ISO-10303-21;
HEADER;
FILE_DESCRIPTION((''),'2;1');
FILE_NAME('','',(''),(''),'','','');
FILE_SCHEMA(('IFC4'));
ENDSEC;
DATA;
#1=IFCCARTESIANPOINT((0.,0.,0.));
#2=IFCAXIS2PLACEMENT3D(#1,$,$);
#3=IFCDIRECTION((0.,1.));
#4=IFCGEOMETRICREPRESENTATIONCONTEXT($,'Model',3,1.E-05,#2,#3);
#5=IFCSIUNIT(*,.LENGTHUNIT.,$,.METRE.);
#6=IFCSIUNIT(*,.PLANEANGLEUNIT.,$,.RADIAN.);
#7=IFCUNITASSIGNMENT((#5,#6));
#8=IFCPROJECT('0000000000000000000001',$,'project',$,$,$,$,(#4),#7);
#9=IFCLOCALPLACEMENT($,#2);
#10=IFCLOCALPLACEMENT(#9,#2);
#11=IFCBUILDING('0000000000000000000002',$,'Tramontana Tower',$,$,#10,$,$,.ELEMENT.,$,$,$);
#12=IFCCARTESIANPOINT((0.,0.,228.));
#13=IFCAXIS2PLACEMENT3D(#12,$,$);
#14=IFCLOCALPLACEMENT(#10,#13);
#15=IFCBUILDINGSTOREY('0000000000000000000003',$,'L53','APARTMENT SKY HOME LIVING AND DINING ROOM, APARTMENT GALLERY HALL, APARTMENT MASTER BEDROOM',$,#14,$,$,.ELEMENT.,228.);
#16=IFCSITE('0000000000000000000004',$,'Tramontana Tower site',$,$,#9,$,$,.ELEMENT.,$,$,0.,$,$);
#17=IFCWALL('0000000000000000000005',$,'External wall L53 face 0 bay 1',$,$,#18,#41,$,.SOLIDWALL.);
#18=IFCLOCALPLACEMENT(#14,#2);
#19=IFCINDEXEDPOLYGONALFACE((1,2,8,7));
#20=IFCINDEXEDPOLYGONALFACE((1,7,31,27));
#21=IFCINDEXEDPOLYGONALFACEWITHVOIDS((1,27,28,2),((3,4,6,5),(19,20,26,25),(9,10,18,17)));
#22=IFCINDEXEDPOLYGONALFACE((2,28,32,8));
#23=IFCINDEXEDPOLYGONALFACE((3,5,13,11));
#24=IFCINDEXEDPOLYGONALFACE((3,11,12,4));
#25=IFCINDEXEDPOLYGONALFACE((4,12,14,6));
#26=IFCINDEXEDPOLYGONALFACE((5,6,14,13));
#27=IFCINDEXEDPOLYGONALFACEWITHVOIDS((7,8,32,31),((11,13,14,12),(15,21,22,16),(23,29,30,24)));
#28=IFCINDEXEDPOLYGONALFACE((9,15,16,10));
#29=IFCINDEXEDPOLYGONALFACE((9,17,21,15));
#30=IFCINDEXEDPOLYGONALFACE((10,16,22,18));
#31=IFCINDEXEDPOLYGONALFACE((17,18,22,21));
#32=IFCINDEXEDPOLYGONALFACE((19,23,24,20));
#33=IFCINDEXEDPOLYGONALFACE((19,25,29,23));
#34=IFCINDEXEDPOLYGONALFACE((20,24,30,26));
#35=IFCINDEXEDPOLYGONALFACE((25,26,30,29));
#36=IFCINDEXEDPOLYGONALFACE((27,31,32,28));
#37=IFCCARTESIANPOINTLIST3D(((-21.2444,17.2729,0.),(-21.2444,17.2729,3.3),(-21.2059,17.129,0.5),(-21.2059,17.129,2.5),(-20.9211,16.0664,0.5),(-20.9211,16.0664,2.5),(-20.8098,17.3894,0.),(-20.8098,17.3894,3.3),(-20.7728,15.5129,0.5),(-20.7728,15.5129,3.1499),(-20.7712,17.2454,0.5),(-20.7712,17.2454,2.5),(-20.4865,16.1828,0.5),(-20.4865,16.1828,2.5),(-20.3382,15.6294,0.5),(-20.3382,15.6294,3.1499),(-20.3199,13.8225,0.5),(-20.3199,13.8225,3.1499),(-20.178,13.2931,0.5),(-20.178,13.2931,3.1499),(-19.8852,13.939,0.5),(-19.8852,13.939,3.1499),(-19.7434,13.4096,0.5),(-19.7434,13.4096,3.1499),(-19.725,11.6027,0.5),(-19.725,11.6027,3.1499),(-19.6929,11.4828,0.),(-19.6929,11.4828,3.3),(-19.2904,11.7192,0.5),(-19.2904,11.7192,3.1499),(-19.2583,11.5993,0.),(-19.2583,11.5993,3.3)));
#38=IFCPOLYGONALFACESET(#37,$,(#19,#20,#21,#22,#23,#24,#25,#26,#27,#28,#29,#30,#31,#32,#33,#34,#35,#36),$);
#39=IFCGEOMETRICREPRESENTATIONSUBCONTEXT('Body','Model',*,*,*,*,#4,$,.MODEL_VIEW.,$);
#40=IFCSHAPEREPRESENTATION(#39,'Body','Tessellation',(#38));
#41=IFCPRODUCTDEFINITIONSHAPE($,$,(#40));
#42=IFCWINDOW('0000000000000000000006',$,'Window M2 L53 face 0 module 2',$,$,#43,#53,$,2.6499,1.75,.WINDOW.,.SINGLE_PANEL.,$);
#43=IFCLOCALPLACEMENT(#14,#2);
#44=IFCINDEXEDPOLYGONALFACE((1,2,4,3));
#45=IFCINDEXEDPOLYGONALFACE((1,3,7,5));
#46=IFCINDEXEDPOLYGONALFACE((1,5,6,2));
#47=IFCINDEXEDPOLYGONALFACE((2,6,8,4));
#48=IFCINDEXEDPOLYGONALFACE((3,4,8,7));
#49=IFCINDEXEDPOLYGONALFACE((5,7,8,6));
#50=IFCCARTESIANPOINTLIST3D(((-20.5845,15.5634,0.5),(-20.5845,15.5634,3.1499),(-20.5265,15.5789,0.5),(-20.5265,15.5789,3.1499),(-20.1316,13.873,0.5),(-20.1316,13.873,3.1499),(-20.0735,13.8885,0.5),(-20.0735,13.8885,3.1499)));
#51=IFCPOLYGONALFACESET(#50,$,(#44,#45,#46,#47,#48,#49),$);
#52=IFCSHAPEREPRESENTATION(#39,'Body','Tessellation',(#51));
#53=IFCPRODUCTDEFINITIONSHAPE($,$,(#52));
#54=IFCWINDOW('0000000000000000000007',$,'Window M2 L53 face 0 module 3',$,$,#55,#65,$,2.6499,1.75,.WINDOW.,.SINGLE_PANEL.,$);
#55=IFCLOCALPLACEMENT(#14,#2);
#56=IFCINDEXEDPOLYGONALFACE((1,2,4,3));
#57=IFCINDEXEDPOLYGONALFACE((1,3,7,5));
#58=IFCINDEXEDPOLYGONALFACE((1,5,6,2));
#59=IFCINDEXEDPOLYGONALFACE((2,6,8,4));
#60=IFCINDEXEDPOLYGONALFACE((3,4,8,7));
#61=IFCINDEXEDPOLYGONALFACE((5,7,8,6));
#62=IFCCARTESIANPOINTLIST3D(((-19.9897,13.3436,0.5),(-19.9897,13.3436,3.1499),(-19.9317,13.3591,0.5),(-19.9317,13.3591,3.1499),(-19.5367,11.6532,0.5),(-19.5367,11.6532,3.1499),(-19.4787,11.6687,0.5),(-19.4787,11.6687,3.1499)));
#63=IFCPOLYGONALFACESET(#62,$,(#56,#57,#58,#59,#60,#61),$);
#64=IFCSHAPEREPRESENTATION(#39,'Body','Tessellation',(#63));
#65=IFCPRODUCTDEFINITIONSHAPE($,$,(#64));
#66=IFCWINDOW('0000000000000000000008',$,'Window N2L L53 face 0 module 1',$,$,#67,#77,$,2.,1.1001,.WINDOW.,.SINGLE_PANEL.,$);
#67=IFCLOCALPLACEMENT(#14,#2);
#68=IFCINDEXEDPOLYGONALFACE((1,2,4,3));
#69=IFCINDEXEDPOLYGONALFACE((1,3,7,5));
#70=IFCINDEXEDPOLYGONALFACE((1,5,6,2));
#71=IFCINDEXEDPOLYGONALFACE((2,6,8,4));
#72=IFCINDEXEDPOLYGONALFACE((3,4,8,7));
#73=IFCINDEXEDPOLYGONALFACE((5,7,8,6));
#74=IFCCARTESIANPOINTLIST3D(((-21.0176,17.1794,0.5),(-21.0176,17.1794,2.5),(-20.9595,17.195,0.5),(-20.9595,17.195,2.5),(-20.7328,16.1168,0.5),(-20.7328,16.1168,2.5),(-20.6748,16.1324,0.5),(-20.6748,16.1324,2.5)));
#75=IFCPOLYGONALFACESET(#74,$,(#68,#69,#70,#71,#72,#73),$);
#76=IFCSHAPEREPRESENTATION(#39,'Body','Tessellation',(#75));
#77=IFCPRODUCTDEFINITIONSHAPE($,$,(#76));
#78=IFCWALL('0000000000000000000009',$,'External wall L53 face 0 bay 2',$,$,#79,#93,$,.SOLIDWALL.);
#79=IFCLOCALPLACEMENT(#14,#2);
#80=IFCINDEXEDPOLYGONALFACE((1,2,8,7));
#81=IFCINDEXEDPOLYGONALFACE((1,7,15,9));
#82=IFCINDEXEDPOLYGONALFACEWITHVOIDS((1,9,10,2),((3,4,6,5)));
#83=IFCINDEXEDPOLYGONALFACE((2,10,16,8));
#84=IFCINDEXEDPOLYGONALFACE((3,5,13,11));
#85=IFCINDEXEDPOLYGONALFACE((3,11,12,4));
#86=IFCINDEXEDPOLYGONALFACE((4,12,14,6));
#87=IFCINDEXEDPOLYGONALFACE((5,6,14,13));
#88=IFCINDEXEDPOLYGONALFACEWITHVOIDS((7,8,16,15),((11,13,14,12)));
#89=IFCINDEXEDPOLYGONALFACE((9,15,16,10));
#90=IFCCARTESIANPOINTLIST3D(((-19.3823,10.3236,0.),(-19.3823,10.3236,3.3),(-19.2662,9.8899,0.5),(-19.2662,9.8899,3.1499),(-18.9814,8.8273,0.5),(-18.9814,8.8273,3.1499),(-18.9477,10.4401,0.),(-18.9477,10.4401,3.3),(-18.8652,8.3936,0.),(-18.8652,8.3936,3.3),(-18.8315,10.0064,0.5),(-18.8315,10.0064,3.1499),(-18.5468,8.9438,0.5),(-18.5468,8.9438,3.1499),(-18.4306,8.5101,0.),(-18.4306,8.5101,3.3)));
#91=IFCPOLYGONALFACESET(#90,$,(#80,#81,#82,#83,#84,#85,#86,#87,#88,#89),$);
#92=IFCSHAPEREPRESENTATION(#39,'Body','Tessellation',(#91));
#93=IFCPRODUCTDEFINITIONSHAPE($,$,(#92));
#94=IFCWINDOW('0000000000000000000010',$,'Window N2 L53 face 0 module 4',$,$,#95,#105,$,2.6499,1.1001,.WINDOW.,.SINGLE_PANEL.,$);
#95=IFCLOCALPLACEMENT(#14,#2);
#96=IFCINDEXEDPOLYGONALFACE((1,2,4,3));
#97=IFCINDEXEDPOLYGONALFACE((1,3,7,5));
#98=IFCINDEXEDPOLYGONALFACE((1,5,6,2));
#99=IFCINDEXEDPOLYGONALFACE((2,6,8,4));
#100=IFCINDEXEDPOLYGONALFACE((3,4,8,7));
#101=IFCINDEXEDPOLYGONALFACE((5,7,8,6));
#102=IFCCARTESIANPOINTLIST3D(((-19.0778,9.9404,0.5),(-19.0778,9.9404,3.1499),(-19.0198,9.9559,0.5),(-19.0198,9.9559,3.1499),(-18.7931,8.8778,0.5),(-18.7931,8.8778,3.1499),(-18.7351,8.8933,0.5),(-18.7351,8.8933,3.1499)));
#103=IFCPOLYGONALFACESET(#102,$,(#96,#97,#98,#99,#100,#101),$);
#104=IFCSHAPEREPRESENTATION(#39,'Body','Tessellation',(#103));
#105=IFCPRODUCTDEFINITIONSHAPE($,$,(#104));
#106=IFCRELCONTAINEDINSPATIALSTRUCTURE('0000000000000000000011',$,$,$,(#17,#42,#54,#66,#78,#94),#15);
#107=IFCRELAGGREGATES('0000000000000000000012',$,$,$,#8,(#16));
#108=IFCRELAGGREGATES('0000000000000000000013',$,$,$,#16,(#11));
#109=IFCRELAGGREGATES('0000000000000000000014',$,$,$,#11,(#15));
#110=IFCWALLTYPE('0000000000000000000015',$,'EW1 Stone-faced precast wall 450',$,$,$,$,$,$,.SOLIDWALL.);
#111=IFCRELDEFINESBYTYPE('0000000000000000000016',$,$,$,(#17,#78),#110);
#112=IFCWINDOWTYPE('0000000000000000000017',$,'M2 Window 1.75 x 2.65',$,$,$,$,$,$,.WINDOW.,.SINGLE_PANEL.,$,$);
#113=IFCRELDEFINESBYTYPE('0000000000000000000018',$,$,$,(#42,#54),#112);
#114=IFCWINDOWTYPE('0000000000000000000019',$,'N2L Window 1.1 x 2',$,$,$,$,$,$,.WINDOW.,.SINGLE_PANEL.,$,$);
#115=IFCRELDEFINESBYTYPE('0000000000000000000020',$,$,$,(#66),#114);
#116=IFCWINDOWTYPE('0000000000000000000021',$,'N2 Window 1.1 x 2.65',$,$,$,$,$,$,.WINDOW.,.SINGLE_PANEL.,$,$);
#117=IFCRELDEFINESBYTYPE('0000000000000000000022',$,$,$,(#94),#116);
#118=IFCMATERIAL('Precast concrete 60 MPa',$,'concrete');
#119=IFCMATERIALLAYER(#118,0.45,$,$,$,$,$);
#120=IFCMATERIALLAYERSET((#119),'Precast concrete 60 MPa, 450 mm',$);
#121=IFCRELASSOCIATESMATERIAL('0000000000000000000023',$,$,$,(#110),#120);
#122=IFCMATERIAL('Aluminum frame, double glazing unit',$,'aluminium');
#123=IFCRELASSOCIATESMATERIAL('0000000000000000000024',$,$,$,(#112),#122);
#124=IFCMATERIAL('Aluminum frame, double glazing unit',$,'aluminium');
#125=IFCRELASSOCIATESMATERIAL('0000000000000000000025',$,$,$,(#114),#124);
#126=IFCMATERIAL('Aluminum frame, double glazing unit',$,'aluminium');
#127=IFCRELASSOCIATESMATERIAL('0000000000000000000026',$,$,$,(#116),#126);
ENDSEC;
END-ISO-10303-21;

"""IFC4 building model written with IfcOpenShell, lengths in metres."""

from ifc_helpers import new_model, si_unit, direction, frame, frame_2d, origin, place, context, subcontext, project, spatial, rectangle, extrude, material, layer, layer_set, type_object, element, fill, save


model = new_model("IFC4")

# Units and contexts
model_context = context("Model", 3, precision=1e-05, world=origin(), true_north=direction((0.0, 1.0)))
body_context = subcontext(model_context, "Body", "Model", "MODEL_VIEW")
ifc_project = project(units=[si_unit("LENGTHUNIT", "METRE"), si_unit("PLANEANGLEUNIT", "RADIAN")], contexts=[model_context])

# Site, building, storey
site_placement = place(None, origin())
site = spatial("IfcSite", under=ifc_project, at=site_placement, Name="Tramontana Tower site", CompositionType="ELEMENT", RefElevation=0.0)
building_placement = place(site_placement, origin())
building = spatial("IfcBuilding", under=site, at=building_placement, Name="Tramontana Tower", CompositionType="ELEMENT")
storey_placement = place(building_placement, frame((0.0, 0.0, 228.0)))
storey = spatial("IfcBuildingStorey", under=building, at=storey_placement, Name="L53", Description="APARTMENT SKY HOME LIVING AND DINING ROOM, APARTMENT GALLERY HALL, APARTMENT MASTER BEDROOM", CompositionType="ELEMENT", Elevation=228.0)

# Wall, openings, windows
ifc_material_1 = material(Name="Precast concrete 60 MPa", Category="concrete")
ifc_layer_1 = layer(ifc_material_1, 0.45)
ifc_layer_set_1 = layer_set([ifc_layer_1], Name="Precast concrete 60 MPa, 450 mm")
wall_type_1 = type_object("IfcWallType", Name="EW1 Stone-faced precast wall 450", PredefinedType="SOLIDWALL", material=ifc_layer_set_1)
wall_1_placement = place(storey_placement, frame((-21.0271, 17.3311, 0.0), z_axis=(0.0, 0.0, 1.0), x_axis=(0.258831, -0.965923, 0.0)))
wall_1 = element("IfcWall", 1, at=wall_1_placement, inside=storey, type_object=wall_type_1, Name="External wall L53 face 0 bay 1", PredefinedType="SOLIDWALL", context=body_context, shape_type="SweptSolid", body=[
    extrude(rectangle(XDim=5.9944, YDim=0.45, at=frame_2d((2.9971, 0.0))), origin(), (0.0, 0.0, 1.0), 3.3),
])
opening_1_placement = place(wall_1_placement, frame((0.1489, 0.0, 0.5)))
opening_1 = element("IfcOpeningElement", 2, at=opening_1_placement, cuts=wall_1, PredefinedType="OPENING", context=body_context, shape_type="SweptSolid", body=[
    extrude(rectangle(XDim=1.1001, YDim=2.0, at=frame_2d((0.55, 1.0))), frame((0.0, 0.2349, 0.0), z_axis=(0.0, -1.0, 0.0), x_axis=(1.0, 0.0, 0.0)), (0.0, 0.0, 1.0), 0.47),
])
opening_2_placement = place(wall_1_placement, frame((1.822, 0.0, 0.5)))
opening_2 = element("IfcOpeningElement", 3, at=opening_2_placement, cuts=wall_1, PredefinedType="OPENING", context=body_context, shape_type="SweptSolid", body=[
    extrude(rectangle(XDim=1.75, YDim=2.6499, at=frame_2d((0.875, 1.325))), frame((0.0, 0.2349, 0.0), z_axis=(0.0, -1.0, 0.0), x_axis=(1.0, 0.0, 0.0)), (0.0, 0.0, 1.0), 0.47),
])
opening_3_placement = place(wall_1_placement, frame((4.1201, 0.0, 0.5)))
opening_3 = element("IfcOpeningElement", 4, at=opening_3_placement, cuts=wall_1, PredefinedType="OPENING", context=body_context, shape_type="SweptSolid", body=[
    extrude(rectangle(XDim=1.75, YDim=2.6499, at=frame_2d((0.875, 1.325))), frame((0.0, 0.2349, 0.0), z_axis=(0.0, -1.0, 0.0), x_axis=(1.0, 0.0, 0.0)), (0.0, 0.0, 1.0), 0.47),
])
ifc_material_2 = material(Name="Aluminum frame, double glazing unit", Category="aluminium")
window_type_1 = type_object("IfcWindowType", Name="M2 Window 1.75 x 2.65", PartitioningType="SINGLE_PANEL", PredefinedType="WINDOW", material=ifc_material_2)
window_1_placement = place(opening_2_placement, origin())
window_1 = element("IfcWindow", 5, at=window_1_placement, inside=storey, type_object=window_type_1, Name="Window M2 L53 face 0 module 2", OverallHeight=2.6499, OverallWidth=1.75, PartitioningType="SINGLE_PANEL", PredefinedType="WINDOW", context=body_context, shape_type="SweptSolid", body=[
    extrude(rectangle(XDim=1.75, YDim=2.6499, at=frame_2d((0.875, 1.325))), frame((0.0, 0.03, 0.0), z_axis=(0.0, -1.0, 0.0), x_axis=(1.0, 0.0, 0.0)), (0.0, 0.0, 1.0), 0.0601),
])
fill(opening_2, window_1)
window_2_placement = place(opening_3_placement, origin())
window_2 = element("IfcWindow", 6, at=window_2_placement, inside=storey, type_object=window_type_1, Name="Window M2 L53 face 0 module 3", OverallHeight=2.6499, OverallWidth=1.75, PartitioningType="SINGLE_PANEL", PredefinedType="WINDOW", context=body_context, shape_type="SweptSolid", body=[
    extrude(rectangle(XDim=1.75, YDim=2.6499, at=frame_2d((0.875, 1.325))), frame((0.0, 0.03, 0.0), z_axis=(0.0, -1.0, 0.0), x_axis=(1.0, 0.0, 0.0)), (0.0, 0.0, 1.0), 0.0601),
])
fill(opening_3, window_2)
ifc_material_3 = material(Name="Aluminum frame, double glazing unit", Category="aluminium")
window_type_2 = type_object("IfcWindowType", Name="N2L Window 1.1 x 2", PartitioningType="SINGLE_PANEL", PredefinedType="WINDOW", material=ifc_material_3)
window_3_placement = place(opening_1_placement, origin())
window_3 = element("IfcWindow", 7, at=window_3_placement, inside=storey, type_object=window_type_2, Name="Window N2L L53 face 0 module 1", OverallHeight=2.0, OverallWidth=1.1001, PartitioningType="SINGLE_PANEL", PredefinedType="WINDOW", context=body_context, shape_type="SweptSolid", body=[
    extrude(rectangle(XDim=1.1001, YDim=2.0, at=frame_2d((0.55, 1.0))), frame((0.0, 0.03, 0.0), z_axis=(0.0, -1.0, 0.0), x_axis=(1.0, 0.0, 0.0)), (0.0, 0.0, 1.0), 0.0601),
])
fill(opening_1, window_3)

# Wall, opening, window
wall_2_placement = place(storey_placement, frame((-19.165, 10.3818, 0.0), z_axis=(0.0, 0.0, 1.0), x_axis=(0.258803, -0.96593, 0.0)))
wall_2 = element("IfcWall", 8, at=wall_2_placement, inside=storey, type_object=wall_type_1, Name="External wall L53 face 0 bay 2", PredefinedType="SOLIDWALL", context=body_context, shape_type="SweptSolid", body=[
    extrude(rectangle(XDim=1.998, YDim=0.45, at=frame_2d((0.999, 0.0))), origin(), (0.0, 0.0, 1.0), 3.3),
])
opening_4_placement = place(wall_2_placement, frame((0.449, 0.0, 0.5)))
opening_4 = element("IfcOpeningElement", 9, at=opening_4_placement, cuts=wall_2, PredefinedType="OPENING", context=body_context, shape_type="SweptSolid", body=[
    extrude(rectangle(XDim=1.1001, YDim=2.6499, at=frame_2d((0.55, 1.325))), frame((0.0, 0.2349, 0.0), z_axis=(0.0, -1.0, 0.0), x_axis=(1.0, 0.0, 0.0)), (0.0, 0.0, 1.0), 0.47),
])
ifc_material_4 = material(Name="Aluminum frame, double glazing unit", Category="aluminium")
window_type_3 = type_object("IfcWindowType", Name="N2 Window 1.1 x 2.65", PartitioningType="SINGLE_PANEL", PredefinedType="WINDOW", material=ifc_material_4)
window_4_placement = place(opening_4_placement, origin())
window_4 = element("IfcWindow", 10, at=window_4_placement, inside=storey, type_object=window_type_3, Name="Window N2 L53 face 0 module 4", OverallHeight=2.6499, OverallWidth=1.1001, PartitioningType="SINGLE_PANEL", PredefinedType="WINDOW", context=body_context, shape_type="SweptSolid", body=[
    extrude(rectangle(XDim=1.1001, YDim=2.6499, at=frame_2d((0.55, 1.325))), frame((0.0, 0.03, 0.0), z_axis=(0.0, -1.0, 0.0), x_axis=(1.0, 0.0, 0.0)), (0.0, 0.0, 1.0), 0.0601),
])
fill(opening_4, window_4)

save(model, "model.ifc")
